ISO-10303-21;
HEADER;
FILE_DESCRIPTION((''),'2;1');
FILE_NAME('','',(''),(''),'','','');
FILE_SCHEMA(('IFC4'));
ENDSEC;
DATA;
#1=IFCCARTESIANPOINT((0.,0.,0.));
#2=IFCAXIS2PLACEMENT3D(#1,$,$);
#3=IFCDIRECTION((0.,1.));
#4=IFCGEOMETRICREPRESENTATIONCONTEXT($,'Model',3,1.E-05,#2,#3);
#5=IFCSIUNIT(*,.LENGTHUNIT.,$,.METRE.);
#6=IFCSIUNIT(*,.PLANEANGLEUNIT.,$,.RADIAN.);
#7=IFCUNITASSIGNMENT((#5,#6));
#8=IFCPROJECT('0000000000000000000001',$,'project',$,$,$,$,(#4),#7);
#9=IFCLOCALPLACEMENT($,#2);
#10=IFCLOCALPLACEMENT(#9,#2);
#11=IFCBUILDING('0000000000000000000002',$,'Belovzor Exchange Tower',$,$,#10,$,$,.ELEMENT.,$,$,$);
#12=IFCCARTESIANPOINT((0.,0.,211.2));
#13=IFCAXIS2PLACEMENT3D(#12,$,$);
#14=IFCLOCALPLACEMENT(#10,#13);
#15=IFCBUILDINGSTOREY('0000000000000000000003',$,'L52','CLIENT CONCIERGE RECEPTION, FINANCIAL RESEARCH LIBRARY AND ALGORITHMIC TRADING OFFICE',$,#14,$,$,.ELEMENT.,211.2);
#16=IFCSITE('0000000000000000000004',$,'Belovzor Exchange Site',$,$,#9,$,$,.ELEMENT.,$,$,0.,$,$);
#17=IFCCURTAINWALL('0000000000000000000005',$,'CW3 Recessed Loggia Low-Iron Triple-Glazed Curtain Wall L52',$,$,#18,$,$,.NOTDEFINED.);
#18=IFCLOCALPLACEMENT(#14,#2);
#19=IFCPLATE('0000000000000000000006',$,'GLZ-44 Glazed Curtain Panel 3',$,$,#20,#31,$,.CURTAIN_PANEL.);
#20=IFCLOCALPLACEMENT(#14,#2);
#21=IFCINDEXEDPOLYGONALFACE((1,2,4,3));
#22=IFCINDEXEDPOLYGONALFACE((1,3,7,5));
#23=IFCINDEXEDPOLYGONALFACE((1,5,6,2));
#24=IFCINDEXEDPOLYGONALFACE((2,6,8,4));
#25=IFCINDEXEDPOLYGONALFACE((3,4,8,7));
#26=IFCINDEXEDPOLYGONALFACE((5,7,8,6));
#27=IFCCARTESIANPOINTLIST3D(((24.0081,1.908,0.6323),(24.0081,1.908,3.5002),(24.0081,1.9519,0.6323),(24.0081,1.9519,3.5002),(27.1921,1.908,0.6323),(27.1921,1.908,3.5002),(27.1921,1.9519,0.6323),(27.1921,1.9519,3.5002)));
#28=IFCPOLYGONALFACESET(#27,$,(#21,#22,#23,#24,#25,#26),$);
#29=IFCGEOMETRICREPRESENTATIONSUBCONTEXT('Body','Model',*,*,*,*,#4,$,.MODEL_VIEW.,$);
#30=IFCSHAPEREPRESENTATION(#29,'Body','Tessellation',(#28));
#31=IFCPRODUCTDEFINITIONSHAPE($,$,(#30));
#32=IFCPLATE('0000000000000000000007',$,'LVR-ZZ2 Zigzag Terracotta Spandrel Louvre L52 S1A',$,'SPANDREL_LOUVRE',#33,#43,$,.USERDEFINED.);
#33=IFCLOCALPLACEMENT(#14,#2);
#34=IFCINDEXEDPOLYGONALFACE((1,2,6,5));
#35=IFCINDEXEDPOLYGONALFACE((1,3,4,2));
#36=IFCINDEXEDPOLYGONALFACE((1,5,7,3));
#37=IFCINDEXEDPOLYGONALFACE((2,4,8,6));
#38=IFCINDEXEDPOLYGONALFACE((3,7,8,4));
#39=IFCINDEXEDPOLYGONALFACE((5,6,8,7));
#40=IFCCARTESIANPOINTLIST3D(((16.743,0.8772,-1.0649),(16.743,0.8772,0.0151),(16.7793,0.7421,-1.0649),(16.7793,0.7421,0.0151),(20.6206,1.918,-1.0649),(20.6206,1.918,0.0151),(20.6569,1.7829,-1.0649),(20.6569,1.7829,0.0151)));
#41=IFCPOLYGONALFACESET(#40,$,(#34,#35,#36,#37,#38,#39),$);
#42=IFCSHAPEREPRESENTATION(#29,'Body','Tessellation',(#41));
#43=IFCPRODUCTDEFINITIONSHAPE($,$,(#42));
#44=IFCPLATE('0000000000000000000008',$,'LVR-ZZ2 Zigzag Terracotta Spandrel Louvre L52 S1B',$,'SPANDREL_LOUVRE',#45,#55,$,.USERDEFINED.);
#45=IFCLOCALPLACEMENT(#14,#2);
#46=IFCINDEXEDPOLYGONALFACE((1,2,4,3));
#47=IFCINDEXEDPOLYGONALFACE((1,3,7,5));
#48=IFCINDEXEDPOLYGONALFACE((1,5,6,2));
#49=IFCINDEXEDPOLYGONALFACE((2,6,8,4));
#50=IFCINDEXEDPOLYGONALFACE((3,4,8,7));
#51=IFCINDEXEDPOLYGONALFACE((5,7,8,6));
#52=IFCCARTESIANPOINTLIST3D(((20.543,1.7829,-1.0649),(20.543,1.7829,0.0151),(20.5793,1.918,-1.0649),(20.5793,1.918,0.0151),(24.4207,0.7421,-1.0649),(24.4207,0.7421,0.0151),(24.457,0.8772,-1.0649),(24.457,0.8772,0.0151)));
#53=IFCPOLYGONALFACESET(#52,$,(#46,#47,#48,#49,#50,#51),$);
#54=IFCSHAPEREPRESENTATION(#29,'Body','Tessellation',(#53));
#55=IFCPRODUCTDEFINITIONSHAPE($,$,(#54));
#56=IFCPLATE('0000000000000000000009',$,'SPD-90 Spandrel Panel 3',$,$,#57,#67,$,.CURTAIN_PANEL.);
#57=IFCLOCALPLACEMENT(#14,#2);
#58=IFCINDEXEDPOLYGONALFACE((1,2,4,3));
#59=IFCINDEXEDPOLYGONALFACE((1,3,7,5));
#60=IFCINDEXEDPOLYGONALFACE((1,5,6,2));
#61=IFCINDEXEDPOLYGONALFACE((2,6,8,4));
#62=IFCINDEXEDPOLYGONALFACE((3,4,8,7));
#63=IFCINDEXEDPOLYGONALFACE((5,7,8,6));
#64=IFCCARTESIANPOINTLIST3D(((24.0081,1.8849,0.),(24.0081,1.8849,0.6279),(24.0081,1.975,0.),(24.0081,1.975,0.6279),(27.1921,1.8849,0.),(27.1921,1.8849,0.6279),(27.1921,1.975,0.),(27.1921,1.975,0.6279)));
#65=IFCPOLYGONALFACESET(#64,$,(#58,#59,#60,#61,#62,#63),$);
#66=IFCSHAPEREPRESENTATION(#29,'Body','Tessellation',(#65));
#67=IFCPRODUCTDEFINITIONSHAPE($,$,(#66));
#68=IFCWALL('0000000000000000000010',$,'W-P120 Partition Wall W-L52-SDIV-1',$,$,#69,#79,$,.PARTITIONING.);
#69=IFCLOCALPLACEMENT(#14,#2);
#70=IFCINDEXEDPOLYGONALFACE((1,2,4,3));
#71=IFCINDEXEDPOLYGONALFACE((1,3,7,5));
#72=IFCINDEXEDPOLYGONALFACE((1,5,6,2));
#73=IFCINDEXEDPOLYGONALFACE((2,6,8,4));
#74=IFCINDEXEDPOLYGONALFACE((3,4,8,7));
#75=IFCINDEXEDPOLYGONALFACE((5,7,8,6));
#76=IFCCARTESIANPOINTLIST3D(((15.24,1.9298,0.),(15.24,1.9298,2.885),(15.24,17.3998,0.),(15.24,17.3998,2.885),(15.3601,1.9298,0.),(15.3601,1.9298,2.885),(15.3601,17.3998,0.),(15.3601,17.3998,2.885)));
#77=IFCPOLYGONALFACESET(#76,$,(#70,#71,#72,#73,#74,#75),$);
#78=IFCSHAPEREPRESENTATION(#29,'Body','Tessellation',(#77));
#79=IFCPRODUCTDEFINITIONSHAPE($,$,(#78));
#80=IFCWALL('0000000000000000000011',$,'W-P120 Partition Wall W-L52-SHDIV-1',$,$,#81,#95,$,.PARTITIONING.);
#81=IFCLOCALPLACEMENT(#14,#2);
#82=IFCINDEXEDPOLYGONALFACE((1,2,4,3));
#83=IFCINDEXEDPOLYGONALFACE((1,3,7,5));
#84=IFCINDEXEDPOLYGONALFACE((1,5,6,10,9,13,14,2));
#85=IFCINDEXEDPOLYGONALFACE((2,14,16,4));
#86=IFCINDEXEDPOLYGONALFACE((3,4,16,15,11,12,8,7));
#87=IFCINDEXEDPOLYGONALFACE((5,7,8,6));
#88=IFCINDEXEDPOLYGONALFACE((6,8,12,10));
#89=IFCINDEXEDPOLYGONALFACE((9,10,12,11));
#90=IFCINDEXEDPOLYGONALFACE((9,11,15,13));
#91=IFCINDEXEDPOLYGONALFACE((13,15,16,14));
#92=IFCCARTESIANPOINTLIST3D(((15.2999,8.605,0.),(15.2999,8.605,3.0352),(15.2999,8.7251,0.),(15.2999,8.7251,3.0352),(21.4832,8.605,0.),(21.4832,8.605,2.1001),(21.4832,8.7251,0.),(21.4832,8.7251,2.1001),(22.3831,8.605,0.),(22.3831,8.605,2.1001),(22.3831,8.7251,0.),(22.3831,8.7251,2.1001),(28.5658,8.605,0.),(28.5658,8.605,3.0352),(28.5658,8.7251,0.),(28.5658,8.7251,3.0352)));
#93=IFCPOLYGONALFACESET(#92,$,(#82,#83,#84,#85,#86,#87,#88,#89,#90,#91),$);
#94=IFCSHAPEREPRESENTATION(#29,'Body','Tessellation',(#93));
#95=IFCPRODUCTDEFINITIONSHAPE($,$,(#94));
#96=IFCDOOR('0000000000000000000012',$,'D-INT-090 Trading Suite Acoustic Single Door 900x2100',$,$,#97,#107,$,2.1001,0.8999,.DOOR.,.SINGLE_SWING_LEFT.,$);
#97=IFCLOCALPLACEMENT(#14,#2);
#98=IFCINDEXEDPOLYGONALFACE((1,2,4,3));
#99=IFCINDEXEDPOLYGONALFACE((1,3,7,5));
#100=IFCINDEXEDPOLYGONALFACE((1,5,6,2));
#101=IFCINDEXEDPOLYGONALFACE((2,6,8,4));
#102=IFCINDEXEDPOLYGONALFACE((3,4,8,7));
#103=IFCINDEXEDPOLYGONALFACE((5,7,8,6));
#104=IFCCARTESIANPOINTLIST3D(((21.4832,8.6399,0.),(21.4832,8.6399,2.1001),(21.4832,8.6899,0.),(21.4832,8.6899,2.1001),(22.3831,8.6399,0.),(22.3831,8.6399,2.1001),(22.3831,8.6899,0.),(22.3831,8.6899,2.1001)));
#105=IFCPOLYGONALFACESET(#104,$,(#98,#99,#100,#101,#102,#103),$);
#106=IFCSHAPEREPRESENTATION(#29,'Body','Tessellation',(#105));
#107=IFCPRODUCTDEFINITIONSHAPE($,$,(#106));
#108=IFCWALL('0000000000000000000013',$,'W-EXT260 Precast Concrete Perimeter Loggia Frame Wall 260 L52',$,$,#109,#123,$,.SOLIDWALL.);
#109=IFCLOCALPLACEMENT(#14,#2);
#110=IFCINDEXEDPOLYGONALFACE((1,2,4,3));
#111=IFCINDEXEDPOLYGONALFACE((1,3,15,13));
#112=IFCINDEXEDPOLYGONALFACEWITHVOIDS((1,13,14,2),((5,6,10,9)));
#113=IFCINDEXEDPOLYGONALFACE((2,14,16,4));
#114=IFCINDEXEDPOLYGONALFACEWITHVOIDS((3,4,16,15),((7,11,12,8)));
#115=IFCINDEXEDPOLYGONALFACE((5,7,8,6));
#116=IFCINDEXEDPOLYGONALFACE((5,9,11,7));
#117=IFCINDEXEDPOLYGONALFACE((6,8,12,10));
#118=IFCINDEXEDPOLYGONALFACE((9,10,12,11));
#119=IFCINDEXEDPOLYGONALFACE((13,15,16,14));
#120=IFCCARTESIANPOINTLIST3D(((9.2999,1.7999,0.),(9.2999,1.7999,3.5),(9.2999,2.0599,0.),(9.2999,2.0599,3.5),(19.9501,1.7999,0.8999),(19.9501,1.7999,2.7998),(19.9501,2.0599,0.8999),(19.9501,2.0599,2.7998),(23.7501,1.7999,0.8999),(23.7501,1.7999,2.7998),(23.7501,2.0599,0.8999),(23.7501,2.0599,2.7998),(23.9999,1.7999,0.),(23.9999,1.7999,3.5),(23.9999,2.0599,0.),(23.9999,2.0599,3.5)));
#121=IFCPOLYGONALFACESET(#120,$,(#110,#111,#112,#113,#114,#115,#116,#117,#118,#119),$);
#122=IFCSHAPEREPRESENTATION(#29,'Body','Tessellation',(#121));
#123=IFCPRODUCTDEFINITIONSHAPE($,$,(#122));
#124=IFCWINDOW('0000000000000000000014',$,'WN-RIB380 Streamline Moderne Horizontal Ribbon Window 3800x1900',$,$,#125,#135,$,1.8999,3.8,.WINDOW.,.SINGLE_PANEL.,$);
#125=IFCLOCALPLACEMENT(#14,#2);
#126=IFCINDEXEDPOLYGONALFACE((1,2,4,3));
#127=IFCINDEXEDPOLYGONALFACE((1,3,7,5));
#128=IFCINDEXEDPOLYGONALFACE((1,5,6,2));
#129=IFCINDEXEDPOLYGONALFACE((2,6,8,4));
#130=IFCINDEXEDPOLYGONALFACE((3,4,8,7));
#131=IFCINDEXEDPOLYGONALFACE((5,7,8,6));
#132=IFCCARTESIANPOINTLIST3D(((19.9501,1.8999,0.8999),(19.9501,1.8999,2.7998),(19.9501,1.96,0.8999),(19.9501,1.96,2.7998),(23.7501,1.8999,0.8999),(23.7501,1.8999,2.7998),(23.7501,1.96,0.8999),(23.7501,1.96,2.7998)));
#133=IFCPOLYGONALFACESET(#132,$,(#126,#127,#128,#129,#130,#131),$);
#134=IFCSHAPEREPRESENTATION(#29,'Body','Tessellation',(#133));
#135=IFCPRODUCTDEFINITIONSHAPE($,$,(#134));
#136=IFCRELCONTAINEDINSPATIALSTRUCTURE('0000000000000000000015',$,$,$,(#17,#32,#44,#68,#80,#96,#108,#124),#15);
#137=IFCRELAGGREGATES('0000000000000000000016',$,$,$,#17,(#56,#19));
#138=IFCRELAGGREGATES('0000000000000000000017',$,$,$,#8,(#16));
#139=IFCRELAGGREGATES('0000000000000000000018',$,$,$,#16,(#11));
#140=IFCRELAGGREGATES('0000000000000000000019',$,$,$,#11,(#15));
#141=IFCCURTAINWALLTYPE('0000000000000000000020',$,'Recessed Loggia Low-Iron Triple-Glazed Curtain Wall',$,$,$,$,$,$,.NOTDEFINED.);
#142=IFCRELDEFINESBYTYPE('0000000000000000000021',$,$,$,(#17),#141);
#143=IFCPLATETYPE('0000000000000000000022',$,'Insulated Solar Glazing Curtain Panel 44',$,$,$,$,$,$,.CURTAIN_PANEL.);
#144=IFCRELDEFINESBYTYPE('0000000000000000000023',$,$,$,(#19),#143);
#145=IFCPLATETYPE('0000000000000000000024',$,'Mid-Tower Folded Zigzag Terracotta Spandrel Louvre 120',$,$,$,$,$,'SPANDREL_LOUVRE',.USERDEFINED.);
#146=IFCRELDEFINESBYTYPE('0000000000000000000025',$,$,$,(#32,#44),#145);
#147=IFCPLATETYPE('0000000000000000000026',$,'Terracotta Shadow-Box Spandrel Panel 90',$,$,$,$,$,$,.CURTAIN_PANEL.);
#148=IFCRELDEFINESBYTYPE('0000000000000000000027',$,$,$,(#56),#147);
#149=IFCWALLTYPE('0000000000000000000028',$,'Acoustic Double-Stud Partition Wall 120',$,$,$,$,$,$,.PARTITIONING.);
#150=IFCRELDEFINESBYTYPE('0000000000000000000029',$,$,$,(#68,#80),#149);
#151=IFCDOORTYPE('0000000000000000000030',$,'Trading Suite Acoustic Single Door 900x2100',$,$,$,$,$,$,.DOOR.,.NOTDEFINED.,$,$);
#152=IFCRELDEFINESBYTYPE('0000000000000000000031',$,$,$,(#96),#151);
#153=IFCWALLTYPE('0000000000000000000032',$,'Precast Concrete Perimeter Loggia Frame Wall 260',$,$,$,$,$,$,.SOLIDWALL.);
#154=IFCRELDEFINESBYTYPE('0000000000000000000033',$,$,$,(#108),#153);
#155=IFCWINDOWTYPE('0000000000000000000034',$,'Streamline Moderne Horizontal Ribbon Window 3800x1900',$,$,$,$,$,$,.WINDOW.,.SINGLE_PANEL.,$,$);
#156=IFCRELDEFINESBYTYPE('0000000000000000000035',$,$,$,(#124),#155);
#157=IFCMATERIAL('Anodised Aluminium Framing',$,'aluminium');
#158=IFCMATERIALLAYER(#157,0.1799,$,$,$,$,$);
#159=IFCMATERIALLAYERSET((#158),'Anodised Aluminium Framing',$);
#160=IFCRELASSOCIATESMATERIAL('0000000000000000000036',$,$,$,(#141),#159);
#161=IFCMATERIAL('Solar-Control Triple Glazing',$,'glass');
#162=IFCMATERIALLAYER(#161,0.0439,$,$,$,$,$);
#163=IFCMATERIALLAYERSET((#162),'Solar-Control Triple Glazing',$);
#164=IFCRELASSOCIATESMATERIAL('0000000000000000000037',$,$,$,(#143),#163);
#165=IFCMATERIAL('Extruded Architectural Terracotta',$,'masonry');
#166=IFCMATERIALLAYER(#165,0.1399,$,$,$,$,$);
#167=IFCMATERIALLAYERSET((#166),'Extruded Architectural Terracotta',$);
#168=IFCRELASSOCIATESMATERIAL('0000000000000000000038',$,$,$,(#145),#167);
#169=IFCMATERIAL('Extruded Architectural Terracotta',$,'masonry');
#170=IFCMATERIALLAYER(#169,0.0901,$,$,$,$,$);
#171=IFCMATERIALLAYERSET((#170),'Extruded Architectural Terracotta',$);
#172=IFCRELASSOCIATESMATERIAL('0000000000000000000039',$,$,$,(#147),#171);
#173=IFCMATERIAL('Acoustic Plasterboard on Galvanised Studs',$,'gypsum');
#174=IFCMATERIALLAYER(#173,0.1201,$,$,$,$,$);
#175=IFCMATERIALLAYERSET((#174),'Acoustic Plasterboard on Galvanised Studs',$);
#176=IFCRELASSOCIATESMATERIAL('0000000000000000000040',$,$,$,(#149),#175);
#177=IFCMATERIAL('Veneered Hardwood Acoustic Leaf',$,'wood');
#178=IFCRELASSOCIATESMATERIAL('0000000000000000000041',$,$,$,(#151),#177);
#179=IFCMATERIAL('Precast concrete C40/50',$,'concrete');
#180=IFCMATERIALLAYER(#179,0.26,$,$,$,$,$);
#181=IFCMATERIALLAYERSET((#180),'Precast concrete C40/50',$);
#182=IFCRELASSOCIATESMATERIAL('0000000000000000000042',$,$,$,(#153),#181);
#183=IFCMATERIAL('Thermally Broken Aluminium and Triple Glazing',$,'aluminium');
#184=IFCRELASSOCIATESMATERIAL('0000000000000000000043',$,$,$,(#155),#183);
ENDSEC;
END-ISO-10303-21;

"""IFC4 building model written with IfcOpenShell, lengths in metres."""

from ifc_helpers import new_model, si_unit, direction, frame, frame_2d, origin, origin_2d, place, context, subcontext, project, spatial, rectangle, extrude, material, layer, layer_set, type_object, element, fill, aggregate, save


model = new_model("IFC4")

# Units and contexts
model_context = context("Model", 3, precision=1e-05, world=origin(), true_north=direction((0.0, 1.0)))
body_context = subcontext(model_context, "Body", "Model", "MODEL_VIEW")
ifc_project = project(units=[si_unit("LENGTHUNIT", "METRE"), si_unit("PLANEANGLEUNIT", "RADIAN")], contexts=[model_context])

# Site, building, storey
site_placement = place(None, origin())
site = spatial("IfcSite", under=ifc_project, at=site_placement, Name="Belovzor Exchange Site", CompositionType="ELEMENT", RefElevation=0.0)
building_placement = place(site_placement, origin())
building = spatial("IfcBuilding", under=site, at=building_placement, Name="Belovzor Exchange Tower", CompositionType="ELEMENT")
storey_placement = place(building_placement, frame((0.0, 0.0, 211.2)))
storey = spatial("IfcBuildingStorey", under=building, at=storey_placement, Name="L52", Description="CLIENT CONCIERGE RECEPTION, FINANCIAL RESEARCH LIBRARY AND ALGORITHMIC TRADING OFFICE", CompositionType="ELEMENT", Elevation=211.2)

# Curtain wall
ifc_material_1 = material(Name="Anodised Aluminium Framing", Category="aluminium")
ifc_layer_1 = layer(ifc_material_1, 0.1799)
ifc_layer_set_1 = layer_set([ifc_layer_1], Name="Anodised Aluminium Framing")
curtain_wall_type = type_object("IfcCurtainWallType", Name="Recessed Loggia Low-Iron Triple-Glazed Curtain Wall", PredefinedType="NOTDEFINED", material=ifc_layer_set_1)
curtain_wall_placement = place(storey_placement, origin())
curtain_wall = element("IfcCurtainWall", 1, at=curtain_wall_placement, inside=storey, type_object=curtain_wall_type, Name="CW3 Recessed Loggia Low-Iron Triple-Glazed Curtain Wall L52", PredefinedType="NOTDEFINED")

# Plate
ifc_material_2 = material(Name="Solar-Control Triple Glazing", Category="glass")
ifc_layer_2 = layer(ifc_material_2, 0.0439)
ifc_layer_set_2 = layer_set([ifc_layer_2], Name="Solar-Control Triple Glazing")
plate_type_1 = type_object("IfcPlateType", Name="Insulated Solar Glazing Curtain Panel 44", PredefinedType="CURTAIN_PANEL", material=ifc_layer_set_2)
plate_1_placement = place(storey_placement, frame((25.6001, 1.9299, 0.6323), z_axis=(0.0, 0.0, 1.0), x_axis=(-1.0, 0.0, 0.0)))
plate_1 = element("IfcPlate", 2, at=plate_1_placement, type_object=plate_type_1, Name="GLZ-44 Glazed Curtain Panel 3", PredefinedType="CURTAIN_PANEL", context=body_context, shape_type="SweptSolid", body=[
    extrude(rectangle(XDim=3.1841, YDim=0.0439, at=origin_2d()), origin(), (0.0, 0.0, 1.0), 2.8679),
])

# Plates
ifc_material_3 = material(Name="Extruded Architectural Terracotta", Category="masonry")
ifc_layer_3 = layer(ifc_material_3, 0.1399)
ifc_layer_set_3 = layer_set([ifc_layer_3], Name="Extruded Architectural Terracotta")
plate_type_2 = type_object("IfcPlateType", Name="Mid-Tower Folded Zigzag Terracotta Spandrel Louvre 120", ElementType="SPANDREL_LOUVRE", PredefinedType="USERDEFINED", material=ifc_layer_set_3)
for number, where, z_axis, x_axis, name in (
    (3, (18.7, 1.3301, -1.0649), (0.0, 0.0, 1.0), (0.965813, 0.25924, 0.0), "LVR-ZZ2 Zigzag Terracotta Spandrel Louvre L52 S1A"),
    (4, (22.5, 1.3301, -1.0649), (0.0, 0.0, 1.0), (0.965813, -0.25924, 0.0), "LVR-ZZ2 Zigzag Terracotta Spandrel Louvre L52 S1B"),
):
    element("IfcPlate", number, at=place(storey_placement, frame(where, z_axis=z_axis, x_axis=x_axis)), inside=storey, type_object=plate_type_2, Name=name, ObjectType="SPANDREL_LOUVRE", PredefinedType="USERDEFINED", context=body_context, shape_type="SweptSolid", body=[
        extrude(rectangle(XDim=4.0149, YDim=0.1399, at=origin_2d()), origin(), (0.0, 0.0, 1.0), 1.0801),
    ])

# Plate
ifc_material_4 = material(Name="Extruded Architectural Terracotta", Category="masonry")
ifc_layer_4 = layer(ifc_material_4, 0.0901)
ifc_layer_set_4 = layer_set([ifc_layer_4], Name="Extruded Architectural Terracotta")
plate_type_3 = type_object("IfcPlateType", Name="Terracotta Shadow-Box Spandrel Panel 90", PredefinedType="CURTAIN_PANEL", material=ifc_layer_set_4)
plate_2_placement = place(storey_placement, frame((25.6001, 1.9299, 0.0), z_axis=(0.0, 0.0, 1.0), x_axis=(-1.0, 0.0, 0.0)))
plate_2 = element("IfcPlate", 5, at=plate_2_placement, type_object=plate_type_3, Name="SPD-90 Spandrel Panel 3", PredefinedType="CURTAIN_PANEL", context=body_context, shape_type="SweptSolid", body=[
    extrude(rectangle(XDim=3.1841, YDim=0.0901, at=origin_2d()), origin(), (0.0, 0.0, 1.0), 0.6279),
])
aggregate(curtain_wall, [plate_2, plate_1])

# Wall
ifc_material_5 = material(Name="Acoustic Plasterboard on Galvanised Studs", Category="gypsum")
ifc_layer_5 = layer(ifc_material_5, 0.1201)
ifc_layer_set_5 = layer_set([ifc_layer_5], Name="Acoustic Plasterboard on Galvanised Studs")
wall_type_1 = type_object("IfcWallType", Name="Acoustic Double-Stud Partition Wall 120", PredefinedType="PARTITIONING", material=ifc_layer_set_5)
wall_1_placement = place(storey_placement, frame((15.3, 1.9299, 0.0), z_axis=(0.0, 0.0, 1.0), x_axis=(0.0, 1.0, 0.0)))
element("IfcWall", 6, at=wall_1_placement, inside=storey, type_object=wall_type_1, Name="W-P120 Partition Wall W-L52-SDIV-1", PredefinedType="PARTITIONING", context=body_context, shape_type="SweptSolid", body=[
    extrude(rectangle(XDim=15.47, YDim=0.1201, at=frame_2d((7.7349, 0.0))), origin(), (0.0, 0.0, 1.0), 2.885),
])

# Wall, opening, door
wall_2_placement = place(storey_placement, frame((15.3, 8.665, 0.0), z_axis=(0.0, 0.0, 1.0), x_axis=(1.0, 0.0, 0.0)))
wall_2 = element("IfcWall", 7, at=wall_2_placement, inside=storey, type_object=wall_type_1, Name="W-P120 Partition Wall W-L52-SHDIV-1", PredefinedType="PARTITIONING", context=body_context, shape_type="SweptSolid", body=[
    extrude(rectangle(XDim=13.2659, YDim=0.1201, at=frame_2d((6.6328, 0.0))), origin(), (0.0, 0.0, 1.0), 3.0352),
])
opening_1_placement = place(wall_2_placement, frame((6.1831, 0.0, 0.0)))
opening_1 = element("IfcOpeningElement", 8, at=opening_1_placement, cuts=wall_2, PredefinedType="OPENING", context=body_context, shape_type="SweptSolid", body=[
    extrude(rectangle(XDim=0.8999, YDim=2.1001, at=frame_2d((0.45, 1.05))), frame((0.0, 0.0701, 0.0), z_axis=(0.0, -1.0, 0.0), x_axis=(1.0, 0.0, 0.0)), (0.0, 0.0, 1.0), 0.1401),
])
ifc_material_6 = material(Name="Veneered Hardwood Acoustic Leaf", Category="wood")
door_type = type_object("IfcDoorType", Name="Trading Suite Acoustic Single Door 900x2100", OperationType="NOTDEFINED", PredefinedType="DOOR", material=ifc_material_6)
door_placement = place(opening_1_placement, origin())
door = element("IfcDoor", 9, at=door_placement, inside=storey, type_object=door_type, Name="D-INT-090 Trading Suite Acoustic Single Door 900x2100", OperationType="SINGLE_SWING_LEFT", OverallHeight=2.1001, OverallWidth=0.8999, PredefinedType="DOOR", context=body_context, shape_type="SweptSolid", body=[
    extrude(rectangle(XDim=0.8999, YDim=2.1001, at=frame_2d((0.45, 1.05))), frame((0.0, 0.0249, 0.0), z_axis=(0.0, -1.0, 0.0), x_axis=(1.0, 0.0, 0.0)), (0.0, 0.0, 1.0), 0.05),
])
fill(opening_1, door)

# Wall, opening, window
ifc_material_7 = material(Name="Precast concrete C40/50", Category="concrete")
ifc_layer_6 = layer(ifc_material_7, 0.26)
ifc_layer_set_6 = layer_set([ifc_layer_6], Name="Precast concrete C40/50")
wall_type_2 = type_object("IfcWallType", Name="Precast Concrete Perimeter Loggia Frame Wall 260", PredefinedType="SOLIDWALL", material=ifc_layer_set_6)
wall_3_placement = place(storey_placement, frame((24.0, 1.9299, 0.0), z_axis=(0.0, 0.0, 1.0), x_axis=(-1.0, 0.0, 0.0)))
wall_3 = element("IfcWall", 10, at=wall_3_placement, inside=storey, type_object=wall_type_2, Name="W-EXT260 Precast Concrete Perimeter Loggia Frame Wall 260 L52", PredefinedType="SOLIDWALL", context=body_context, shape_type="SweptSolid", body=[
    extrude(rectangle(XDim=14.7, YDim=0.26, at=frame_2d((7.3501, 0.0))), origin(), (0.0, 0.0, 1.0), 3.5),
])
opening_2_placement = place(wall_3_placement, frame((0.25, 0.0, 0.8999)))
opening_2 = element("IfcOpeningElement", 11, at=opening_2_placement, cuts=wall_3, PredefinedType="OPENING", context=body_context, shape_type="SweptSolid", body=[
    extrude(rectangle(XDim=3.8, YDim=1.8999, at=frame_2d((1.8999, 0.95))), frame((0.0, 0.1399, 0.0), z_axis=(0.0, -1.0, 0.0), x_axis=(1.0, 0.0, 0.0)), (0.0, 0.0, 1.0), 0.28),
])
ifc_material_8 = material(Name="Thermally Broken Aluminium and Triple Glazing", Category="aluminium")
window_type = type_object("IfcWindowType", Name="Streamline Moderne Horizontal Ribbon Window 3800x1900", PartitioningType="SINGLE_PANEL", PredefinedType="WINDOW", material=ifc_material_8)
window_placement = place(opening_2_placement, origin())
window = element("IfcWindow", 12, at=window_placement, inside=storey, type_object=window_type, Name="WN-RIB380 Streamline Moderne Horizontal Ribbon Window 3800x1900", OverallHeight=1.8999, OverallWidth=3.8, PartitioningType="SINGLE_PANEL", PredefinedType="WINDOW", context=body_context, shape_type="SweptSolid", body=[
    extrude(rectangle(XDim=3.8, YDim=1.8999, at=frame_2d((1.8999, 0.95))), frame((0.0, 0.03, 0.0), z_axis=(0.0, -1.0, 0.0), x_axis=(1.0, 0.0, 0.0)), (0.0, 0.0, 1.0), 0.0601),
])
fill(opening_2, window)

save(model, "model.ifc")
